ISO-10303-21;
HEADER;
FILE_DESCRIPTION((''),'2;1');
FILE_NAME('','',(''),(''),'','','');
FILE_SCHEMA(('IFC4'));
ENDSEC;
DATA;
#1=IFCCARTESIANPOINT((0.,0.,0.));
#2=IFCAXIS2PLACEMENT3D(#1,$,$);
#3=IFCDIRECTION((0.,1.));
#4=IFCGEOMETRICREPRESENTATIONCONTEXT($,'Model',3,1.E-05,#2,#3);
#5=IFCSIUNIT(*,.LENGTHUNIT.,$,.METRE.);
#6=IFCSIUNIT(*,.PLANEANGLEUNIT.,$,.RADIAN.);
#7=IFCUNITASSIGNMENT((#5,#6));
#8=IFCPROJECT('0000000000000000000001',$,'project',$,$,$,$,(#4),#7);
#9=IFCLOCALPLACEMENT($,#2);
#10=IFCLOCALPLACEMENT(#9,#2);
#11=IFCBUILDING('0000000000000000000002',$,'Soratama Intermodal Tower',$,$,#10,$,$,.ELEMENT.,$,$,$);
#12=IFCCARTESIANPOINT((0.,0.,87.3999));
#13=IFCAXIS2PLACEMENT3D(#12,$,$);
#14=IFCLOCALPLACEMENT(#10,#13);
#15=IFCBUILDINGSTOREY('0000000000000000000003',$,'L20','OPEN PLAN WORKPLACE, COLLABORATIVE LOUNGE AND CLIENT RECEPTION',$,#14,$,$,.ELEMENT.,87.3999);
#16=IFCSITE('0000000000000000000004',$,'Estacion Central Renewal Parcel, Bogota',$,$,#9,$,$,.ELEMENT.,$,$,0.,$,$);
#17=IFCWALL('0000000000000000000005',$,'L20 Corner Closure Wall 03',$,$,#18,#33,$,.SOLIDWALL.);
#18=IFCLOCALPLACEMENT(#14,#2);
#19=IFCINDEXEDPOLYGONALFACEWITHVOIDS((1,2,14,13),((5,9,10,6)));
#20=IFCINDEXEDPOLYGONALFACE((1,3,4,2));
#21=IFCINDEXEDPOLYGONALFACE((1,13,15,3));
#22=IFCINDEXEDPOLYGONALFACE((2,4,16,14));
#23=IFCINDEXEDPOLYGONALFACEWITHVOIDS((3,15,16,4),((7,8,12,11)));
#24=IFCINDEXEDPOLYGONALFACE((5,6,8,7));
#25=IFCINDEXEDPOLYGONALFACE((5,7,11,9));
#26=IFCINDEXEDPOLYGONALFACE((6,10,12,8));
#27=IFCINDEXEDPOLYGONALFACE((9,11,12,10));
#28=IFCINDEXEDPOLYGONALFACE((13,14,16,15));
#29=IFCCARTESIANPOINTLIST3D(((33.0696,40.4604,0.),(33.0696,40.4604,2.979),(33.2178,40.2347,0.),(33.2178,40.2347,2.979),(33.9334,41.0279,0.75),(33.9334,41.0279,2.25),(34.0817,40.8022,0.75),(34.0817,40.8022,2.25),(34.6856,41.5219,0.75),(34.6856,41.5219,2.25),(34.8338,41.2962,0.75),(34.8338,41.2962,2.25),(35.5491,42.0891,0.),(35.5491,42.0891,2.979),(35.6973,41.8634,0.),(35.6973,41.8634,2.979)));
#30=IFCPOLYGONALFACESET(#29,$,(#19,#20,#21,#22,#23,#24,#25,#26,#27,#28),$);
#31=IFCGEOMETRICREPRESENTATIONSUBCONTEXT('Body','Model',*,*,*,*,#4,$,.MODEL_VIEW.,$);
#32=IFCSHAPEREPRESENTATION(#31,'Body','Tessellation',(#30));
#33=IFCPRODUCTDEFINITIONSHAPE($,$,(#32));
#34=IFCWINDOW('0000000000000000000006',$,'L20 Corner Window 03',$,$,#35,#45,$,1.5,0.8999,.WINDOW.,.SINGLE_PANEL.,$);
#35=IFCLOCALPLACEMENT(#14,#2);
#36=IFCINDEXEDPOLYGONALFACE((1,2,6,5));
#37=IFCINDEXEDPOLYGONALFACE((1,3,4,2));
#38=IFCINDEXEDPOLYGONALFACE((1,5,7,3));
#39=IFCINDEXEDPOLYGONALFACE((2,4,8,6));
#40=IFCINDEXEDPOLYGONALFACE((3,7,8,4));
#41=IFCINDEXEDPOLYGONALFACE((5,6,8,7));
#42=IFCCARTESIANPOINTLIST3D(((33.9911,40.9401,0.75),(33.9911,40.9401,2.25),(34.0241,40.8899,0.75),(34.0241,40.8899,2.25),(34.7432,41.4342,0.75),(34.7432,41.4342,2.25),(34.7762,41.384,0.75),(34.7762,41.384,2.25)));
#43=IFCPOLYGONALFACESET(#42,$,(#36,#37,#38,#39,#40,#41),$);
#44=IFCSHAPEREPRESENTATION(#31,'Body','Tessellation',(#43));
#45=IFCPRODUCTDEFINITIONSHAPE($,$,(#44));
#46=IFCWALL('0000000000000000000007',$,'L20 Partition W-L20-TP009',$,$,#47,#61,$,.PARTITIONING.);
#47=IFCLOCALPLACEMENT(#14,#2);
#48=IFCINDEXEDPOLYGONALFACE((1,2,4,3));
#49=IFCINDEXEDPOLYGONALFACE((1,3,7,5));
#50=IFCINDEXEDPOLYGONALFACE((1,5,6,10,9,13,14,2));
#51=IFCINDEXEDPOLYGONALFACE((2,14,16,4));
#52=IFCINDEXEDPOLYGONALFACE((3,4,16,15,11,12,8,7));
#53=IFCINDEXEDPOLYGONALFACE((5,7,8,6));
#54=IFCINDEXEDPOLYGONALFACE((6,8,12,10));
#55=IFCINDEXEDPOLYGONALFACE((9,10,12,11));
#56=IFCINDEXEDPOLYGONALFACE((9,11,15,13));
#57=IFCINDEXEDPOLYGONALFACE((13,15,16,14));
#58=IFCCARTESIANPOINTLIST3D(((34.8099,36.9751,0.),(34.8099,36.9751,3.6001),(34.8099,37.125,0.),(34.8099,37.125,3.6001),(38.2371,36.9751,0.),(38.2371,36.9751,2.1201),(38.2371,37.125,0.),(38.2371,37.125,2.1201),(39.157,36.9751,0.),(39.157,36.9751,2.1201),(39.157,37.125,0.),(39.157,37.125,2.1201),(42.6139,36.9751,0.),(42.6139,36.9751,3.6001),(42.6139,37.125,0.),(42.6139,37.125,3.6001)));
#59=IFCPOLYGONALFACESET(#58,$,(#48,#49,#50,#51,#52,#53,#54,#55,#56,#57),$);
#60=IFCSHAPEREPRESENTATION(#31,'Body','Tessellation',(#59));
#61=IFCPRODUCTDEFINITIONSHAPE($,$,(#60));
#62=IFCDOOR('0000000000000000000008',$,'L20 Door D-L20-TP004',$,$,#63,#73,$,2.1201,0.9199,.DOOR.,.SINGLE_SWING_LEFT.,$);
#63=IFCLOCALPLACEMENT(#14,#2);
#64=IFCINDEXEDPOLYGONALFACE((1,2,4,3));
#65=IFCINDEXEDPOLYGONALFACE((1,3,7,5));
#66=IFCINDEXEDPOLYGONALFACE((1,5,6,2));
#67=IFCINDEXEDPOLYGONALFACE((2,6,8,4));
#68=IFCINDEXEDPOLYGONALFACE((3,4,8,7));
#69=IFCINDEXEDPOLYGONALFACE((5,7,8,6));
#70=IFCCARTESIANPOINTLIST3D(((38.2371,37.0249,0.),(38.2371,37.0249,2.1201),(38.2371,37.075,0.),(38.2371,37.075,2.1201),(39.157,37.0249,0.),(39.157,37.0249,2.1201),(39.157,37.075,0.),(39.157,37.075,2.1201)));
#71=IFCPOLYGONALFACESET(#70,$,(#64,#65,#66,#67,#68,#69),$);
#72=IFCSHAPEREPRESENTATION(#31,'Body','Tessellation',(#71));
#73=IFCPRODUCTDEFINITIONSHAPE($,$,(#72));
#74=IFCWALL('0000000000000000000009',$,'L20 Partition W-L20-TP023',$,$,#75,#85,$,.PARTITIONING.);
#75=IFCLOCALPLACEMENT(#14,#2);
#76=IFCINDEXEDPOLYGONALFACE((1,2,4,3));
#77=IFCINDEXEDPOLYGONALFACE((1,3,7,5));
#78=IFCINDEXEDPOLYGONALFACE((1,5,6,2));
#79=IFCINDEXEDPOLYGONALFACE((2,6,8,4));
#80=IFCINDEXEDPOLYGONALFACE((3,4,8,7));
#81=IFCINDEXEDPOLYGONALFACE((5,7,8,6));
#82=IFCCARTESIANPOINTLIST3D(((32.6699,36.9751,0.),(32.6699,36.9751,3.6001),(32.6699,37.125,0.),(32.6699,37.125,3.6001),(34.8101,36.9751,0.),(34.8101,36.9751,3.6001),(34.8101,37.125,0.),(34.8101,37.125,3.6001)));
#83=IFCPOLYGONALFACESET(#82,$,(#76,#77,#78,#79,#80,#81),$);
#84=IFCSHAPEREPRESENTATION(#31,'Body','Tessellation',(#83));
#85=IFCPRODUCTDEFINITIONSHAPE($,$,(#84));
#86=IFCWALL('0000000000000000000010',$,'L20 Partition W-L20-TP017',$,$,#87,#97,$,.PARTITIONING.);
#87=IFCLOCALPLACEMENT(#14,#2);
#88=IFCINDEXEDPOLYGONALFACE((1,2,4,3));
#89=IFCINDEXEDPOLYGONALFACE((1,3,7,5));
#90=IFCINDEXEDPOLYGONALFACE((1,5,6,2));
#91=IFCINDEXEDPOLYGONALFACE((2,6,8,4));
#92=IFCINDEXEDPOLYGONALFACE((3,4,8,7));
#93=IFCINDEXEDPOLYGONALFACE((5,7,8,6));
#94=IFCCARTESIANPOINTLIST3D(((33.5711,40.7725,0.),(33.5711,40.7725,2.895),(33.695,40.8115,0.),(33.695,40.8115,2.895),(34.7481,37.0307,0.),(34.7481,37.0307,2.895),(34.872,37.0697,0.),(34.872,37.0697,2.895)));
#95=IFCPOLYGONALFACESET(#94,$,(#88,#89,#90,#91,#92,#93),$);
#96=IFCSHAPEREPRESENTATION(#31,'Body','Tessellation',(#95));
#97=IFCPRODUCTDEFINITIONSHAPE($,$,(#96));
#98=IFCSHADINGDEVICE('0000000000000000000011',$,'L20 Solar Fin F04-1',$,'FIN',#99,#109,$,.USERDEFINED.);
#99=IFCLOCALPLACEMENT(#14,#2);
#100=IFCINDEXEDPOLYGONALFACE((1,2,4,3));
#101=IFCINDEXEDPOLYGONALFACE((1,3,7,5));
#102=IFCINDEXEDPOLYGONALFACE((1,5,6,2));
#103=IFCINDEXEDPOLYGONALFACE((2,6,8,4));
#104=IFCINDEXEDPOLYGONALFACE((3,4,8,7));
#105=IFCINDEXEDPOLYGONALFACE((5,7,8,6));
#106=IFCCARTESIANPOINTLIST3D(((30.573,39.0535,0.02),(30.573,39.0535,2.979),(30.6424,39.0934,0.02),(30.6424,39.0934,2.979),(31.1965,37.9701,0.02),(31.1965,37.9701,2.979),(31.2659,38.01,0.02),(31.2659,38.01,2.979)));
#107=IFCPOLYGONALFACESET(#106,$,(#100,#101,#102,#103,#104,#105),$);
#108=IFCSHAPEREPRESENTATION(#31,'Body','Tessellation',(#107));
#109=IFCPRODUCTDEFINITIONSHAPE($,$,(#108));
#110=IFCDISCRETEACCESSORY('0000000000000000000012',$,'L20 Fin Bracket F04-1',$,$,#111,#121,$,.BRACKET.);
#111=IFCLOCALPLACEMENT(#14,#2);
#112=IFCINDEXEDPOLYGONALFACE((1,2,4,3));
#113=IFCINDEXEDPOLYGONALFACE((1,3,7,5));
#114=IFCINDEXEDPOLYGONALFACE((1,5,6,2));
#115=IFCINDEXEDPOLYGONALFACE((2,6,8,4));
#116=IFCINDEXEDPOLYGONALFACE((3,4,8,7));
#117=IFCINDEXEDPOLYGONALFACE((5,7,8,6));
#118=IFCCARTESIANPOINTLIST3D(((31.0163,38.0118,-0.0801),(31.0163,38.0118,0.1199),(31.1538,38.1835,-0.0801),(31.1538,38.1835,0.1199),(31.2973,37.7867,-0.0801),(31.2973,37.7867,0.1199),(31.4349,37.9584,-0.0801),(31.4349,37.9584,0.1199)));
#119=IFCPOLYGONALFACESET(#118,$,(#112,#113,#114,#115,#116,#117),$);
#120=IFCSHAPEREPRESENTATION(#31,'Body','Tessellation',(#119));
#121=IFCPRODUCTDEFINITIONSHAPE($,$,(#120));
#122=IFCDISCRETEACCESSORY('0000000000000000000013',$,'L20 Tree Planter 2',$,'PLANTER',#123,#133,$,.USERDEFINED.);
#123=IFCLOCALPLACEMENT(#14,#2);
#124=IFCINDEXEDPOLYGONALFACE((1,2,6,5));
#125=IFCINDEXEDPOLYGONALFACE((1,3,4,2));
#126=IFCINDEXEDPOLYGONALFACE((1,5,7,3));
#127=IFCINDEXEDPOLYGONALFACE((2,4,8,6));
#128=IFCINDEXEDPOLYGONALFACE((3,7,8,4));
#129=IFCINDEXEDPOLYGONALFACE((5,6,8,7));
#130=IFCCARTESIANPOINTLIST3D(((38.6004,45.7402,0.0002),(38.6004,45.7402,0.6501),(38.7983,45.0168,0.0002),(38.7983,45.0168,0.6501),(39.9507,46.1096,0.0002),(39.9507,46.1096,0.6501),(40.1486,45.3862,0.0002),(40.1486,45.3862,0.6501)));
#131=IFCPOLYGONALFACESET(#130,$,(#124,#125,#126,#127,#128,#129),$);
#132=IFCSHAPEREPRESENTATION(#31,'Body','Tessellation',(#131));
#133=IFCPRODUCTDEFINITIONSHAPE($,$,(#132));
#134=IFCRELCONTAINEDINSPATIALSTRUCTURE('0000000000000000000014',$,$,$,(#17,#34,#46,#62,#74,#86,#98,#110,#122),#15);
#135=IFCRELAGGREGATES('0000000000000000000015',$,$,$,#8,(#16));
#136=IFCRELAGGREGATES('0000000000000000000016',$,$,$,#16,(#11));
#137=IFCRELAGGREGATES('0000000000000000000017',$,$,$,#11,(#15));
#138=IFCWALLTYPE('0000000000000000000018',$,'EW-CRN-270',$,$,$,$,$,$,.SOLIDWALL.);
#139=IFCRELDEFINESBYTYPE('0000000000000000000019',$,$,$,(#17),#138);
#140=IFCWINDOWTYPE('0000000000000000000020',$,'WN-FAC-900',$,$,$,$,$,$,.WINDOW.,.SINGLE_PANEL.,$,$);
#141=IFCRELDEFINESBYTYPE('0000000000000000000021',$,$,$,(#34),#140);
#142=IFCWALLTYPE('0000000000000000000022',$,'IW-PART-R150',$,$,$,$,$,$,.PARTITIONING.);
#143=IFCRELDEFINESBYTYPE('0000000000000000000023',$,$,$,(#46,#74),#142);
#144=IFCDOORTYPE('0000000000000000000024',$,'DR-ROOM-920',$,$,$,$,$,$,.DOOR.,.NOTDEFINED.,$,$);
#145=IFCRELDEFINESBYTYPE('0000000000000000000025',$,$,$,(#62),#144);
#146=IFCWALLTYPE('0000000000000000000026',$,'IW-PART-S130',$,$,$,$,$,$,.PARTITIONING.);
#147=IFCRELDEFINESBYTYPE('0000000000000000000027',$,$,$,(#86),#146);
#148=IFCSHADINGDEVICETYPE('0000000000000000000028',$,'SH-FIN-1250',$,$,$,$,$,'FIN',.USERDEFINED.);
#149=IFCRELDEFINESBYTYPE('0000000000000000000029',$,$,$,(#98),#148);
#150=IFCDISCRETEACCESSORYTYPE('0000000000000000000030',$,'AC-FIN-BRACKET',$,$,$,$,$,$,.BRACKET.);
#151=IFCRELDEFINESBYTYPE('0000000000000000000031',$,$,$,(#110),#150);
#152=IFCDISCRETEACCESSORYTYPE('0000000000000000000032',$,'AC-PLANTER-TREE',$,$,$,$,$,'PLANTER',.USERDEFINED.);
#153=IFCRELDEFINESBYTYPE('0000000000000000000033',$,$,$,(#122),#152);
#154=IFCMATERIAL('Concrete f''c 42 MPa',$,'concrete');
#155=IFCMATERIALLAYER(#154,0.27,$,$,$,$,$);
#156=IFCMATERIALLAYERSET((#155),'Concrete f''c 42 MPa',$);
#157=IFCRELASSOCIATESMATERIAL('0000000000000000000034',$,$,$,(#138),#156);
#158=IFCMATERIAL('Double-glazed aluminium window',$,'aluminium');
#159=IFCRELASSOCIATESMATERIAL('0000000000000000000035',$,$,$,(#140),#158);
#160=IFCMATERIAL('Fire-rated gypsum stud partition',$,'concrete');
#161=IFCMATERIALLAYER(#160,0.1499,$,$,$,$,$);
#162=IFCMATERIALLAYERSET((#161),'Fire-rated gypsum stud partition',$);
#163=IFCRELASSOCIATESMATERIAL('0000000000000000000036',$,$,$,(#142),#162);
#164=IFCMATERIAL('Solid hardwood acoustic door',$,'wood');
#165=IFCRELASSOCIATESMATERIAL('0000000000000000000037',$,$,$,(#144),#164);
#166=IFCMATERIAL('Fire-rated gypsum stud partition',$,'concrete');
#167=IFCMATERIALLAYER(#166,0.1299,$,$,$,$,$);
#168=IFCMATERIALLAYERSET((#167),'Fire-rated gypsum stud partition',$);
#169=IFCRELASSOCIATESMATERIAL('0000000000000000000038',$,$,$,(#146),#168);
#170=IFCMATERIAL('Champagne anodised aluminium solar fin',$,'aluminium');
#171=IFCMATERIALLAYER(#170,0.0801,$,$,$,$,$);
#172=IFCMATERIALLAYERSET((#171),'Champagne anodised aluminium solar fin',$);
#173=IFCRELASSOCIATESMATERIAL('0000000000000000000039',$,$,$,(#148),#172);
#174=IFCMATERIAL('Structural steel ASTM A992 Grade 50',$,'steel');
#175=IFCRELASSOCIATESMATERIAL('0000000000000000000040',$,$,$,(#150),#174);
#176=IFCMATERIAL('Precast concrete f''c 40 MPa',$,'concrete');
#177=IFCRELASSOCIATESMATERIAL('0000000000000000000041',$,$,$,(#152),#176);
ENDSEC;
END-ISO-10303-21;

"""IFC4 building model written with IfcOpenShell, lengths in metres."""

from ifc_helpers import new_model, si_unit, direction, frame, frame_2d, origin, origin_2d, place, context, subcontext, project, spatial, rectangle, extrude, material, layer, layer_set, type_object, element, fill, save


model = new_model("IFC4")

# Units and contexts
model_context = context("Model", 3, precision=1e-05, world=origin(), true_north=direction((0.0, 1.0)))
body_context = subcontext(model_context, "Body", "Model", "MODEL_VIEW")
ifc_project = project(units=[si_unit("LENGTHUNIT", "METRE"), si_unit("PLANEANGLEUNIT", "RADIAN")], contexts=[model_context])

# Site, building, storey
site_placement = place(None, origin())
site = spatial("IfcSite", under=ifc_project, at=site_placement, Name="Estacion Central Renewal Parcel, Bogota", CompositionType="ELEMENT", RefElevation=0.0)
building_placement = place(site_placement, origin())
building = spatial("IfcBuilding", under=site, at=building_placement, Name="Soratama Intermodal Tower", CompositionType="ELEMENT")
storey_placement = place(building_placement, frame((0.0, 0.0, 87.3999)))
storey = spatial("IfcBuildingStorey", under=building, at=storey_placement, Name="L20", Description="OPEN PLAN WORKPLACE, COLLABORATIVE LOUNGE AND CLIENT RECEPTION", CompositionType="ELEMENT", Elevation=87.3999)

# Wall, opening, window
ifc_material_1 = material(Name="Concrete f'c 42 MPa", Category="concrete")
ifc_layer_1 = layer(ifc_material_1, 0.27)
ifc_layer_set_1 = layer_set([ifc_layer_1], Name="Concrete f'c 42 MPa")
wall_type_1 = type_object("IfcWallType", Name="EW-CRN-270", PredefinedType="SOLIDWALL", material=ifc_layer_set_1)
wall_1_placement = place(storey_placement, frame((35.6233, 41.9763, 0.0), z_axis=(0.0, 0.0, 1.0), x_axis=(-0.835817, -0.549009, 0.0)))
wall_1 = element("IfcWall", 1, at=wall_1_placement, inside=storey, type_object=wall_type_1, Name="L20 Corner Closure Wall 03", PredefinedType="SOLIDWALL", context=body_context, shape_type="SweptSolid", body=[
    extrude(rectangle(XDim=2.9666, YDim=0.27, at=frame_2d((1.4834, 0.0))), origin(), (0.0, 0.0, 1.0), 2.979),
])
opening_1_placement = place(wall_1_placement, frame((1.0332, 0.0, 0.75)))
opening_1 = element("IfcOpeningElement", 2, at=opening_1_placement, cuts=wall_1, PredefinedType="OPENING", context=body_context, shape_type="SweptSolid", body=[
    extrude(rectangle(XDim=0.8999, YDim=1.5, at=frame_2d((0.45, 0.75))), frame((0.0, 0.145, 0.0), z_axis=(0.0, -1.0, 0.0), x_axis=(1.0, 0.0, 0.0)), (0.0, 0.0, 1.0), 0.29),
])
ifc_material_2 = material(Name="Double-glazed aluminium window", Category="aluminium")
window_type = type_object("IfcWindowType", Name="WN-FAC-900", PartitioningType="SINGLE_PANEL", PredefinedType="WINDOW", material=ifc_material_2)
window_placement = place(opening_1_placement, origin())
window = element("IfcWindow", 3, at=window_placement, inside=storey, type_object=window_type, Name="L20 Corner Window 03", OverallHeight=1.5, OverallWidth=0.8999, PartitioningType="SINGLE_PANEL", PredefinedType="WINDOW", context=body_context, shape_type="SweptSolid", body=[
    extrude(rectangle(XDim=0.8999, YDim=1.5, at=frame_2d((0.45, 0.75))), frame((0.0, 0.03, 0.0), z_axis=(0.0, -1.0, 0.0), x_axis=(1.0, 0.0, 0.0)), (0.0, 0.0, 1.0), 0.0601),
])
fill(opening_1, window)

# Wall, opening, door
ifc_material_3 = material(Name="Fire-rated gypsum stud partition", Category="concrete")
ifc_layer_2 = layer(ifc_material_3, 0.1499)
ifc_layer_set_2 = layer_set([ifc_layer_2], Name="Fire-rated gypsum stud partition")
wall_type_2 = type_object("IfcWallType", Name="IW-PART-R150", PredefinedType="PARTITIONING", material=ifc_layer_set_2)
wall_2_placement = place(storey_placement, frame((34.8101, 37.05, 0.0), z_axis=(0.0, 0.0, 1.0), x_axis=(1.0, 0.0, 0.0)))
wall_2 = element("IfcWall", 4, at=wall_2_placement, inside=storey, type_object=wall_type_2, Name="L20 Partition W-L20-TP009", PredefinedType="PARTITIONING", context=body_context, shape_type="SweptSolid", body=[
    extrude(rectangle(XDim=7.804, YDim=0.1499, at=frame_2d((3.9019, 0.0))), origin(), (0.0, 0.0, 1.0), 3.6001),
])
opening_2_placement = place(wall_2_placement, frame((3.427, 0.0, 0.0)))
opening_2 = element("IfcOpeningElement", 5, at=opening_2_placement, cuts=wall_2, PredefinedType="OPENING", context=body_context, shape_type="SweptSolid", body=[
    extrude(rectangle(XDim=0.9199, YDim=2.1201, at=frame_2d((0.46, 1.0601))), frame((0.0, 0.085, 0.0), z_axis=(0.0, -1.0, 0.0), x_axis=(1.0, 0.0, 0.0)), (0.0, 0.0, 1.0), 0.1699),
])
ifc_material_4 = material(Name="Solid hardwood acoustic door", Category="wood")
door_type = type_object("IfcDoorType", Name="DR-ROOM-920", OperationType="NOTDEFINED", PredefinedType="DOOR", material=ifc_material_4)
door_placement = place(opening_2_placement, origin())
door = element("IfcDoor", 6, at=door_placement, inside=storey, type_object=door_type, Name="L20 Door D-L20-TP004", OperationType="SINGLE_SWING_LEFT", OverallHeight=2.1201, OverallWidth=0.9199, PredefinedType="DOOR", context=body_context, shape_type="SweptSolid", body=[
    extrude(rectangle(XDim=0.9199, YDim=2.1201, at=frame_2d((0.46, 1.0601))), frame((0.0, 0.0249, 0.0), z_axis=(0.0, -1.0, 0.0), x_axis=(1.0, 0.0, 0.0)), (0.0, 0.0, 1.0), 0.05),
])
fill(opening_2, door)

# Walls
wall_3_placement = place(storey_placement, frame((32.6699, 37.05, 0.0), z_axis=(0.0, 0.0, 1.0), x_axis=(1.0, 0.0, 0.0)))
element("IfcWall", 7, at=wall_3_placement, inside=storey, type_object=wall_type_2, Name="L20 Partition W-L20-TP023", PredefinedType="PARTITIONING", context=body_context, shape_type="SweptSolid", body=[
    extrude(rectangle(XDim=2.1401, YDim=0.1499, at=frame_2d((1.0701, 0.0))), origin(), (0.0, 0.0, 1.0), 3.6001),
])
ifc_material_5 = material(Name="Fire-rated gypsum stud partition", Category="concrete")
ifc_layer_3 = layer(ifc_material_5, 0.1299)
ifc_layer_set_3 = layer_set([ifc_layer_3], Name="Fire-rated gypsum stud partition")
wall_type_3 = type_object("IfcWallType", Name="IW-PART-S130", PredefinedType="PARTITIONING", material=ifc_layer_set_3)
wall_4_placement = place(storey_placement, frame((34.8101, 37.05, 0.0), z_axis=(0.0, 0.0, 1.0), x_axis=(-0.30005, 0.953923, 0.0)))
element("IfcWall", 8, at=wall_4_placement, inside=storey, type_object=wall_type_3, Name="L20 Partition W-L20-TP017", PredefinedType="PARTITIONING", context=body_context, shape_type="SweptSolid", body=[
    extrude(rectangle(XDim=3.9226, YDim=0.1299, at=frame_2d((1.9614, 0.0))), origin(), (0.0, 0.0, 1.0), 2.895),
])

# Shading device
ifc_material_6 = material(Name="Champagne anodised aluminium solar fin", Category="aluminium")
ifc_layer_4 = layer(ifc_material_6, 0.0801)
ifc_layer_set_4 = layer_set([ifc_layer_4], Name="Champagne anodised aluminium solar fin")
shading_device_type = type_object("IfcShadingDeviceType", Name="SH-FIN-1250", ElementType="FIN", PredefinedType="USERDEFINED", material=ifc_layer_set_4)
shading_device_placement = place(storey_placement, frame((30.9194, 38.5317, 0.02), z_axis=(0.0, 0.0, 1.0), x_axis=(-0.49879, 0.866723, 0.0)))
element("IfcShadingDevice", 9, at=shading_device_placement, inside=storey, type_object=shading_device_type, Name="L20 Solar Fin F04-1", ObjectType="FIN", PredefinedType="USERDEFINED", context=body_context, shape_type="SweptSolid", body=[
    extrude(rectangle(XDim=1.25, YDim=0.0801, at=origin_2d()), origin(), (0.0, 0.0, 1.0), 2.959),
])

# Discrete accessories
ifc_material_7 = material(Name="Structural steel ASTM A992 Grade 50", Category="steel")
discrete_accessory_type_1 = type_object("IfcDiscreteAccessoryType", Name="AC-FIN-BRACKET", PredefinedType="BRACKET", material=ifc_material_7)
discrete_accessory_1_placement = place(storey_placement, frame((31.2256, 37.9851, -0.0801), z_axis=(0.0, 0.0, 1.0), x_axis=(-0.78043, 0.625243, 0.0)))
element("IfcDiscreteAccessory", 10, at=discrete_accessory_1_placement, inside=storey, type_object=discrete_accessory_type_1, Name="L20 Fin Bracket F04-1", PredefinedType="BRACKET", context=body_context, shape_type="SweptSolid", body=[
    extrude(rectangle(XDim=0.3601, YDim=0.22, at=origin_2d()), origin(), (0.0, 0.0, 1.0), 0.2),
])
ifc_material_8 = material(Name="Precast concrete f'c 40 MPa", Category="concrete")
discrete_accessory_type_2 = type_object("IfcDiscreteAccessoryType", Name="AC-PLANTER-TREE", ElementType="PLANTER", PredefinedType="USERDEFINED", material=ifc_material_8)
discrete_accessory_2_placement = place(storey_placement, frame((39.3745, 45.5632, 0.0002), z_axis=(0.0, 0.0, 1.0), x_axis=(-0.263873, 0.964557, 0.0)))
element("IfcDiscreteAccessory", 11, at=discrete_accessory_2_placement, inside=storey, type_object=discrete_accessory_type_2, Name="L20 Tree Planter 2", ObjectType="PLANTER", PredefinedType="USERDEFINED", context=body_context, shape_type="SweptSolid", body=[
    extrude(rectangle(XDim=0.75, YDim=1.3999, at=origin_2d()), origin(), (0.0, 0.0, 1.0), 0.6499),
])

save(model, "model.ifc")
